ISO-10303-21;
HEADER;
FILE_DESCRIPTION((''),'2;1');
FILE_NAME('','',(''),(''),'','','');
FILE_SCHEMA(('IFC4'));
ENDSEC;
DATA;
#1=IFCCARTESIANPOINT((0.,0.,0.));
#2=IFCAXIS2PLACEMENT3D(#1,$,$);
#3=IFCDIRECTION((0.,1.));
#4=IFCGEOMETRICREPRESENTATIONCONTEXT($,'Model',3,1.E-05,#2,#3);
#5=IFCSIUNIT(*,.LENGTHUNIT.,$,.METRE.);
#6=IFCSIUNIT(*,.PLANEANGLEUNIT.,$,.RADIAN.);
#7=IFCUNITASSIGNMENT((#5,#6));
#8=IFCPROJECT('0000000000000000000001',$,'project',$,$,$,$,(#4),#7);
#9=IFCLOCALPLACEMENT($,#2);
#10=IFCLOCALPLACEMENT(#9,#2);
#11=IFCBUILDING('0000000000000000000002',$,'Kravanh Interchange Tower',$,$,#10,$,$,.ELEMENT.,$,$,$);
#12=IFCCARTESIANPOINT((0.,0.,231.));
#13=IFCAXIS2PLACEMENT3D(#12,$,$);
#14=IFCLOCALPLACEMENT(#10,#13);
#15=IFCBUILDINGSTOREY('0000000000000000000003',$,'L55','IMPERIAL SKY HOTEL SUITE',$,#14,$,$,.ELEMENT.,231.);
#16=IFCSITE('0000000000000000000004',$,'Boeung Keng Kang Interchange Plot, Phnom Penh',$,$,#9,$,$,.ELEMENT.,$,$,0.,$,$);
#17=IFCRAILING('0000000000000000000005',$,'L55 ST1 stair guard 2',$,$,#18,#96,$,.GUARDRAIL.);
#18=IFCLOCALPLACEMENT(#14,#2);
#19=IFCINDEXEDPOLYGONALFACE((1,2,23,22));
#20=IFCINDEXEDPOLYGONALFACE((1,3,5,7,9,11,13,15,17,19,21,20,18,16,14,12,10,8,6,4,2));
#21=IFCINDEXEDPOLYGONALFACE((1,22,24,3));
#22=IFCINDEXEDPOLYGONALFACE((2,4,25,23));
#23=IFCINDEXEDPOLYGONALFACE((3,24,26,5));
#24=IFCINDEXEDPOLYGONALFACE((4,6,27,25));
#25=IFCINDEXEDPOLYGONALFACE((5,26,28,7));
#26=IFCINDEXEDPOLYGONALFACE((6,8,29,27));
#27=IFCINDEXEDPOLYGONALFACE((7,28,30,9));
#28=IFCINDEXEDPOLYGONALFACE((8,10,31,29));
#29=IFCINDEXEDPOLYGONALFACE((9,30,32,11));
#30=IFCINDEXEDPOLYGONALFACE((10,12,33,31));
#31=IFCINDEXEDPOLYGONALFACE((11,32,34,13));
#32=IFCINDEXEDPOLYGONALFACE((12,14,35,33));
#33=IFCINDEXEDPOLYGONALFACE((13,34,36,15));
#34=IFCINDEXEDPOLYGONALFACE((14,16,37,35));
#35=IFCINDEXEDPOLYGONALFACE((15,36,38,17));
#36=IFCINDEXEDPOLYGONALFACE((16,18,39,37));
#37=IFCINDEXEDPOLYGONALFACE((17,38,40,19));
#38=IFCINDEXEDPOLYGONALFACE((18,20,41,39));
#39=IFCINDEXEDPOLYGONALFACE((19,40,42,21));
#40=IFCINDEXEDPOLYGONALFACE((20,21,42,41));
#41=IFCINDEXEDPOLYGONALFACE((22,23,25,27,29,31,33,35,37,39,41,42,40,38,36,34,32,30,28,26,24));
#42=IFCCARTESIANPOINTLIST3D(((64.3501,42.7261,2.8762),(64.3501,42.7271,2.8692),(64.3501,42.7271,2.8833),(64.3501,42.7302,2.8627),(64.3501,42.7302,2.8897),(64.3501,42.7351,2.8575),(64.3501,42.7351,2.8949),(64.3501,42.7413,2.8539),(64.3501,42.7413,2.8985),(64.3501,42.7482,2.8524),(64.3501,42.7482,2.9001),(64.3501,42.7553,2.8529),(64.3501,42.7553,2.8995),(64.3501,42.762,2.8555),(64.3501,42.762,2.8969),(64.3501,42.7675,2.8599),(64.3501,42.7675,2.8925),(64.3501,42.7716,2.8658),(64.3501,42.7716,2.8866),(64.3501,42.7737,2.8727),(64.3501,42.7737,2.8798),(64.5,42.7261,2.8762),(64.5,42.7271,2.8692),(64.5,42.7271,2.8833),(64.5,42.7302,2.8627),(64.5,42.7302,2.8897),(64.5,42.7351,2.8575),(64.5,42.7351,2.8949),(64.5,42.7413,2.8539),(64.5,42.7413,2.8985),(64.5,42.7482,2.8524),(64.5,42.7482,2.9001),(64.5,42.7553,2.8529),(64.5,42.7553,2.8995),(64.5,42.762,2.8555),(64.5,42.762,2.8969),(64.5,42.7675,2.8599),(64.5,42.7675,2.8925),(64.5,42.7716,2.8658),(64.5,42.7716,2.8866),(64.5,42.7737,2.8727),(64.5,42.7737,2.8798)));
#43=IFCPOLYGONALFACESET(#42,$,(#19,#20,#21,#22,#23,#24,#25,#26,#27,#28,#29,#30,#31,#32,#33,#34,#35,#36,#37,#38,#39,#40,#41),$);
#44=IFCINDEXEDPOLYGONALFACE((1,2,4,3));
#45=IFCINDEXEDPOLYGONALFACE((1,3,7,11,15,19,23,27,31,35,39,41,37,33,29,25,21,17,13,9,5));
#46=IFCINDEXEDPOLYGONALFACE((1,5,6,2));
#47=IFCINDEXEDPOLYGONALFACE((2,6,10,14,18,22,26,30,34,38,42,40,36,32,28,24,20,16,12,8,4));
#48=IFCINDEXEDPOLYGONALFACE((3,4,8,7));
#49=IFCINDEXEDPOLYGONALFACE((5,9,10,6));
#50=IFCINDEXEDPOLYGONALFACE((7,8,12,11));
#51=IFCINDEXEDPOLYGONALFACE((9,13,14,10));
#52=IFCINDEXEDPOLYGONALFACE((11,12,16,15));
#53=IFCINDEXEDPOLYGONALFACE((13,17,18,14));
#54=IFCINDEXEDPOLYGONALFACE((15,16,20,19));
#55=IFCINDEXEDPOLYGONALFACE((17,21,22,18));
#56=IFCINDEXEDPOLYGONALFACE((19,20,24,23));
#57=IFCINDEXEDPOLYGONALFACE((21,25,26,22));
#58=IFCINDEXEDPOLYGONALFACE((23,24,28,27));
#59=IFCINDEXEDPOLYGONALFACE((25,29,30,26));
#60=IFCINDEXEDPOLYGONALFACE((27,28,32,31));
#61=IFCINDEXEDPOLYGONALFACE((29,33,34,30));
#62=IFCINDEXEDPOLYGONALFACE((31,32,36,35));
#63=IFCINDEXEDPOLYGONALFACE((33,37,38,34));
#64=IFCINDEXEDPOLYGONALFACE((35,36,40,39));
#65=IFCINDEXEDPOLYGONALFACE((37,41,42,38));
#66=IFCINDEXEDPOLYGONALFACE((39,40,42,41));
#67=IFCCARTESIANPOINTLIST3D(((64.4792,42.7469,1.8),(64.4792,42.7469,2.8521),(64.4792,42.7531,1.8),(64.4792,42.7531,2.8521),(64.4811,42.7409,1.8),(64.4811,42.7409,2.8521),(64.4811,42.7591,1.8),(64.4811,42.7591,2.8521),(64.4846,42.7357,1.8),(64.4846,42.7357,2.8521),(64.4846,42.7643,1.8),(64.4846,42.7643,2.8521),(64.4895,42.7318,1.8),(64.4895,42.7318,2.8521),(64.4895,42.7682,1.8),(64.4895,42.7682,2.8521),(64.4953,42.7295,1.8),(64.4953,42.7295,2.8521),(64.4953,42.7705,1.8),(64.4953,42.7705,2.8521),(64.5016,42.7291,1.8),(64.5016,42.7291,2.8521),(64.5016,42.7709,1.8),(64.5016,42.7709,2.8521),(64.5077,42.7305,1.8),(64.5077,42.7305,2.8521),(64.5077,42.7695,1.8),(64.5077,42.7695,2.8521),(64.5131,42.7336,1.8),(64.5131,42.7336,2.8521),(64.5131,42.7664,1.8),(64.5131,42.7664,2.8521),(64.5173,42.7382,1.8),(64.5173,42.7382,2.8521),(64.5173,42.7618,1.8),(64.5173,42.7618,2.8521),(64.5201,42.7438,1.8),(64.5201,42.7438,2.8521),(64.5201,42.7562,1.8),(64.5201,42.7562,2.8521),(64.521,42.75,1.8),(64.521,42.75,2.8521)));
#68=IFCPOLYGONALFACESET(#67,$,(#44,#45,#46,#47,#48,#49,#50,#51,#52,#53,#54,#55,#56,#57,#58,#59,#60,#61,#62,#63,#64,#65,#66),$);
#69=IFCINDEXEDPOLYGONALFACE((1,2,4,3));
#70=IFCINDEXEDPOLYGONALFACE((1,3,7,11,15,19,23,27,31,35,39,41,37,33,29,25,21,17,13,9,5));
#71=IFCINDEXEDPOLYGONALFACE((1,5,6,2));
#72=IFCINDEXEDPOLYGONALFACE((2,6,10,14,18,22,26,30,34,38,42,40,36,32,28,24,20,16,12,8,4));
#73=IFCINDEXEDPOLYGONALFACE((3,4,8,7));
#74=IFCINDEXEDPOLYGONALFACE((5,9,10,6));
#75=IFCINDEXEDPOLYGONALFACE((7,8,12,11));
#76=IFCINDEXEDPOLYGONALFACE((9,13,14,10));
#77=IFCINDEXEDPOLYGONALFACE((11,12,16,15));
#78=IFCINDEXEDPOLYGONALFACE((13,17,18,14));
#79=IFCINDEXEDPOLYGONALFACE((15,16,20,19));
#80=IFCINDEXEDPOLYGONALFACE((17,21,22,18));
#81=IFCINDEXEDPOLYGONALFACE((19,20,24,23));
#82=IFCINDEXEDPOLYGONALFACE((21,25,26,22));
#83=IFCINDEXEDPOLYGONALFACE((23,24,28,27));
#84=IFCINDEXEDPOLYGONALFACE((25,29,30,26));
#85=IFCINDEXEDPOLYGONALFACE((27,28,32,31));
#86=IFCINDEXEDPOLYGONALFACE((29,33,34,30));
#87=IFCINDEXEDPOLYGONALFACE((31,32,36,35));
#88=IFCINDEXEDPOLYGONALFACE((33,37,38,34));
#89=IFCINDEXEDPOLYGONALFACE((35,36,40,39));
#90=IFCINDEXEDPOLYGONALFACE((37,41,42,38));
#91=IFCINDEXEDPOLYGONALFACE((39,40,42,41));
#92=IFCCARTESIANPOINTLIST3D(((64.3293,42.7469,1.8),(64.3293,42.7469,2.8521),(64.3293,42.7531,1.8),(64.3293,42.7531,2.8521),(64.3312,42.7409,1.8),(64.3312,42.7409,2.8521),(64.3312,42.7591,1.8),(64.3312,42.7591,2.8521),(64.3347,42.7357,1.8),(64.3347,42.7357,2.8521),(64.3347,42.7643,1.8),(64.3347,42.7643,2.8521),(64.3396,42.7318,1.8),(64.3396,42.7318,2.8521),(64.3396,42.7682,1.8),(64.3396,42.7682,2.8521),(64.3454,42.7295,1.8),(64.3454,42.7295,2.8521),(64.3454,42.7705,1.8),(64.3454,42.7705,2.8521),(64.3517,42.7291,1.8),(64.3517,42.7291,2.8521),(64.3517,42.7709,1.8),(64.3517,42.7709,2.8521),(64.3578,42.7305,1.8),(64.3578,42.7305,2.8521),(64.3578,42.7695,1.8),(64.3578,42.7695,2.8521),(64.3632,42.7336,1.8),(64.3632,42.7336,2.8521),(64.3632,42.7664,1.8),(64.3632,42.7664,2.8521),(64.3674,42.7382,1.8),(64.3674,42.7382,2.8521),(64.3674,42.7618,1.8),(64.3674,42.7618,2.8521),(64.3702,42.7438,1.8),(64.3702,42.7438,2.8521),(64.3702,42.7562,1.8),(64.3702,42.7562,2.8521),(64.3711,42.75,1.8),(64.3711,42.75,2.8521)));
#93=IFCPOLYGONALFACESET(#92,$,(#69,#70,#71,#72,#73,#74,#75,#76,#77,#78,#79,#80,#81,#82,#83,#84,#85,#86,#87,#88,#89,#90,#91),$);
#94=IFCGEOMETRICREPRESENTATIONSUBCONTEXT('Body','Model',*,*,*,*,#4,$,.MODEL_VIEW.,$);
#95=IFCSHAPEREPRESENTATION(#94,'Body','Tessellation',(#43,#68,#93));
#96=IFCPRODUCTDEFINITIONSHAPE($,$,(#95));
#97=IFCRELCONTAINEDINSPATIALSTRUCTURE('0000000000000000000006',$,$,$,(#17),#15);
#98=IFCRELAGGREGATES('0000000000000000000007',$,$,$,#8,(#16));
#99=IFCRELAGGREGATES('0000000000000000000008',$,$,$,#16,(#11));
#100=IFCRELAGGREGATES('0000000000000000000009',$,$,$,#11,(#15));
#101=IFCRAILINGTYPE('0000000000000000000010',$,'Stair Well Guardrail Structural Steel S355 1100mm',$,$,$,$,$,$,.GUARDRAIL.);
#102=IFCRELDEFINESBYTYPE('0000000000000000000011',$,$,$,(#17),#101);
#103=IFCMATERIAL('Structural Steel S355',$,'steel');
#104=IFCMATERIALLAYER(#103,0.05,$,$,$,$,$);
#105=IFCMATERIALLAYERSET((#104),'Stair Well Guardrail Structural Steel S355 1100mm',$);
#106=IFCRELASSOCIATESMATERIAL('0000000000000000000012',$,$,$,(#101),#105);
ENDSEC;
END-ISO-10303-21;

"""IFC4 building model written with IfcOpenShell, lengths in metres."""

from ifc_helpers import new_model, si_unit, direction, frame, origin, origin_2d, place, context, subcontext, project, spatial, circle, extrude, material, layer, layer_set, type_object, element, save


model = new_model("IFC4")

# Units and contexts
model_context = context("Model", 3, precision=1e-05, world=origin(), true_north=direction((0.0, 1.0)))
body_context = subcontext(model_context, "Body", "Model", "MODEL_VIEW")
ifc_project = project(units=[si_unit("LENGTHUNIT", "METRE"), si_unit("PLANEANGLEUNIT", "RADIAN")], contexts=[model_context])

# Site, building, storey
site_placement = place(None, origin())
site = spatial("IfcSite", under=ifc_project, at=site_placement, Name="Boeung Keng Kang Interchange Plot, Phnom Penh", CompositionType="ELEMENT", RefElevation=0.0)
building_placement = place(site_placement, origin())
building = spatial("IfcBuilding", under=site, at=building_placement, Name="Kravanh Interchange Tower", CompositionType="ELEMENT")
storey_placement = place(building_placement, frame((0.0, 0.0, 231.0)))
storey = spatial("IfcBuildingStorey", under=building, at=storey_placement, Name="L55", Description="IMPERIAL SKY HOTEL SUITE", CompositionType="ELEMENT", Elevation=231.0)

# Railing
ifc_material_1 = material(Name="Structural Steel S355", Category="steel")
ifc_layer_1 = layer(ifc_material_1, 0.05)
ifc_layer_set_1 = layer_set([ifc_layer_1], Name="Stair Well Guardrail Structural Steel S355 1100mm")
railing_type_1 = type_object("IfcRailingType", Name="Stair Well Guardrail Structural Steel S355 1100mm", PredefinedType="GUARDRAIL", material=ifc_layer_set_1)
railing_1_placement = place(storey_placement, frame((64.5, 42.75, 1.8)))
element("IfcRailing", 1, at=railing_1_placement, inside=storey, type_object=railing_type_1, Name="L55 ST1 stair guard 2", PredefinedType="GUARDRAIL", context=body_context, shape_type="SweptSolid", body=[
    extrude(circle(Radius=0.0239, at=origin_2d()), frame((0.0, 0.0, 1.0762), z_axis=(-1.0, 0.0, 0.0), x_axis=(0.0, -1.0, 0.0)), (0.0, 0.0, 1.0), 0.1499),
    extrude(circle(Radius=0.021, at=origin_2d()), origin(), (0.0, 0.0, 1.0), 1.052),
    extrude(circle(Radius=0.021, at=origin_2d()), frame((-0.1499, 0.0, 0.0)), (0.0, 0.0, 1.0), 1.052),
])

save(model, "model.ifc")
